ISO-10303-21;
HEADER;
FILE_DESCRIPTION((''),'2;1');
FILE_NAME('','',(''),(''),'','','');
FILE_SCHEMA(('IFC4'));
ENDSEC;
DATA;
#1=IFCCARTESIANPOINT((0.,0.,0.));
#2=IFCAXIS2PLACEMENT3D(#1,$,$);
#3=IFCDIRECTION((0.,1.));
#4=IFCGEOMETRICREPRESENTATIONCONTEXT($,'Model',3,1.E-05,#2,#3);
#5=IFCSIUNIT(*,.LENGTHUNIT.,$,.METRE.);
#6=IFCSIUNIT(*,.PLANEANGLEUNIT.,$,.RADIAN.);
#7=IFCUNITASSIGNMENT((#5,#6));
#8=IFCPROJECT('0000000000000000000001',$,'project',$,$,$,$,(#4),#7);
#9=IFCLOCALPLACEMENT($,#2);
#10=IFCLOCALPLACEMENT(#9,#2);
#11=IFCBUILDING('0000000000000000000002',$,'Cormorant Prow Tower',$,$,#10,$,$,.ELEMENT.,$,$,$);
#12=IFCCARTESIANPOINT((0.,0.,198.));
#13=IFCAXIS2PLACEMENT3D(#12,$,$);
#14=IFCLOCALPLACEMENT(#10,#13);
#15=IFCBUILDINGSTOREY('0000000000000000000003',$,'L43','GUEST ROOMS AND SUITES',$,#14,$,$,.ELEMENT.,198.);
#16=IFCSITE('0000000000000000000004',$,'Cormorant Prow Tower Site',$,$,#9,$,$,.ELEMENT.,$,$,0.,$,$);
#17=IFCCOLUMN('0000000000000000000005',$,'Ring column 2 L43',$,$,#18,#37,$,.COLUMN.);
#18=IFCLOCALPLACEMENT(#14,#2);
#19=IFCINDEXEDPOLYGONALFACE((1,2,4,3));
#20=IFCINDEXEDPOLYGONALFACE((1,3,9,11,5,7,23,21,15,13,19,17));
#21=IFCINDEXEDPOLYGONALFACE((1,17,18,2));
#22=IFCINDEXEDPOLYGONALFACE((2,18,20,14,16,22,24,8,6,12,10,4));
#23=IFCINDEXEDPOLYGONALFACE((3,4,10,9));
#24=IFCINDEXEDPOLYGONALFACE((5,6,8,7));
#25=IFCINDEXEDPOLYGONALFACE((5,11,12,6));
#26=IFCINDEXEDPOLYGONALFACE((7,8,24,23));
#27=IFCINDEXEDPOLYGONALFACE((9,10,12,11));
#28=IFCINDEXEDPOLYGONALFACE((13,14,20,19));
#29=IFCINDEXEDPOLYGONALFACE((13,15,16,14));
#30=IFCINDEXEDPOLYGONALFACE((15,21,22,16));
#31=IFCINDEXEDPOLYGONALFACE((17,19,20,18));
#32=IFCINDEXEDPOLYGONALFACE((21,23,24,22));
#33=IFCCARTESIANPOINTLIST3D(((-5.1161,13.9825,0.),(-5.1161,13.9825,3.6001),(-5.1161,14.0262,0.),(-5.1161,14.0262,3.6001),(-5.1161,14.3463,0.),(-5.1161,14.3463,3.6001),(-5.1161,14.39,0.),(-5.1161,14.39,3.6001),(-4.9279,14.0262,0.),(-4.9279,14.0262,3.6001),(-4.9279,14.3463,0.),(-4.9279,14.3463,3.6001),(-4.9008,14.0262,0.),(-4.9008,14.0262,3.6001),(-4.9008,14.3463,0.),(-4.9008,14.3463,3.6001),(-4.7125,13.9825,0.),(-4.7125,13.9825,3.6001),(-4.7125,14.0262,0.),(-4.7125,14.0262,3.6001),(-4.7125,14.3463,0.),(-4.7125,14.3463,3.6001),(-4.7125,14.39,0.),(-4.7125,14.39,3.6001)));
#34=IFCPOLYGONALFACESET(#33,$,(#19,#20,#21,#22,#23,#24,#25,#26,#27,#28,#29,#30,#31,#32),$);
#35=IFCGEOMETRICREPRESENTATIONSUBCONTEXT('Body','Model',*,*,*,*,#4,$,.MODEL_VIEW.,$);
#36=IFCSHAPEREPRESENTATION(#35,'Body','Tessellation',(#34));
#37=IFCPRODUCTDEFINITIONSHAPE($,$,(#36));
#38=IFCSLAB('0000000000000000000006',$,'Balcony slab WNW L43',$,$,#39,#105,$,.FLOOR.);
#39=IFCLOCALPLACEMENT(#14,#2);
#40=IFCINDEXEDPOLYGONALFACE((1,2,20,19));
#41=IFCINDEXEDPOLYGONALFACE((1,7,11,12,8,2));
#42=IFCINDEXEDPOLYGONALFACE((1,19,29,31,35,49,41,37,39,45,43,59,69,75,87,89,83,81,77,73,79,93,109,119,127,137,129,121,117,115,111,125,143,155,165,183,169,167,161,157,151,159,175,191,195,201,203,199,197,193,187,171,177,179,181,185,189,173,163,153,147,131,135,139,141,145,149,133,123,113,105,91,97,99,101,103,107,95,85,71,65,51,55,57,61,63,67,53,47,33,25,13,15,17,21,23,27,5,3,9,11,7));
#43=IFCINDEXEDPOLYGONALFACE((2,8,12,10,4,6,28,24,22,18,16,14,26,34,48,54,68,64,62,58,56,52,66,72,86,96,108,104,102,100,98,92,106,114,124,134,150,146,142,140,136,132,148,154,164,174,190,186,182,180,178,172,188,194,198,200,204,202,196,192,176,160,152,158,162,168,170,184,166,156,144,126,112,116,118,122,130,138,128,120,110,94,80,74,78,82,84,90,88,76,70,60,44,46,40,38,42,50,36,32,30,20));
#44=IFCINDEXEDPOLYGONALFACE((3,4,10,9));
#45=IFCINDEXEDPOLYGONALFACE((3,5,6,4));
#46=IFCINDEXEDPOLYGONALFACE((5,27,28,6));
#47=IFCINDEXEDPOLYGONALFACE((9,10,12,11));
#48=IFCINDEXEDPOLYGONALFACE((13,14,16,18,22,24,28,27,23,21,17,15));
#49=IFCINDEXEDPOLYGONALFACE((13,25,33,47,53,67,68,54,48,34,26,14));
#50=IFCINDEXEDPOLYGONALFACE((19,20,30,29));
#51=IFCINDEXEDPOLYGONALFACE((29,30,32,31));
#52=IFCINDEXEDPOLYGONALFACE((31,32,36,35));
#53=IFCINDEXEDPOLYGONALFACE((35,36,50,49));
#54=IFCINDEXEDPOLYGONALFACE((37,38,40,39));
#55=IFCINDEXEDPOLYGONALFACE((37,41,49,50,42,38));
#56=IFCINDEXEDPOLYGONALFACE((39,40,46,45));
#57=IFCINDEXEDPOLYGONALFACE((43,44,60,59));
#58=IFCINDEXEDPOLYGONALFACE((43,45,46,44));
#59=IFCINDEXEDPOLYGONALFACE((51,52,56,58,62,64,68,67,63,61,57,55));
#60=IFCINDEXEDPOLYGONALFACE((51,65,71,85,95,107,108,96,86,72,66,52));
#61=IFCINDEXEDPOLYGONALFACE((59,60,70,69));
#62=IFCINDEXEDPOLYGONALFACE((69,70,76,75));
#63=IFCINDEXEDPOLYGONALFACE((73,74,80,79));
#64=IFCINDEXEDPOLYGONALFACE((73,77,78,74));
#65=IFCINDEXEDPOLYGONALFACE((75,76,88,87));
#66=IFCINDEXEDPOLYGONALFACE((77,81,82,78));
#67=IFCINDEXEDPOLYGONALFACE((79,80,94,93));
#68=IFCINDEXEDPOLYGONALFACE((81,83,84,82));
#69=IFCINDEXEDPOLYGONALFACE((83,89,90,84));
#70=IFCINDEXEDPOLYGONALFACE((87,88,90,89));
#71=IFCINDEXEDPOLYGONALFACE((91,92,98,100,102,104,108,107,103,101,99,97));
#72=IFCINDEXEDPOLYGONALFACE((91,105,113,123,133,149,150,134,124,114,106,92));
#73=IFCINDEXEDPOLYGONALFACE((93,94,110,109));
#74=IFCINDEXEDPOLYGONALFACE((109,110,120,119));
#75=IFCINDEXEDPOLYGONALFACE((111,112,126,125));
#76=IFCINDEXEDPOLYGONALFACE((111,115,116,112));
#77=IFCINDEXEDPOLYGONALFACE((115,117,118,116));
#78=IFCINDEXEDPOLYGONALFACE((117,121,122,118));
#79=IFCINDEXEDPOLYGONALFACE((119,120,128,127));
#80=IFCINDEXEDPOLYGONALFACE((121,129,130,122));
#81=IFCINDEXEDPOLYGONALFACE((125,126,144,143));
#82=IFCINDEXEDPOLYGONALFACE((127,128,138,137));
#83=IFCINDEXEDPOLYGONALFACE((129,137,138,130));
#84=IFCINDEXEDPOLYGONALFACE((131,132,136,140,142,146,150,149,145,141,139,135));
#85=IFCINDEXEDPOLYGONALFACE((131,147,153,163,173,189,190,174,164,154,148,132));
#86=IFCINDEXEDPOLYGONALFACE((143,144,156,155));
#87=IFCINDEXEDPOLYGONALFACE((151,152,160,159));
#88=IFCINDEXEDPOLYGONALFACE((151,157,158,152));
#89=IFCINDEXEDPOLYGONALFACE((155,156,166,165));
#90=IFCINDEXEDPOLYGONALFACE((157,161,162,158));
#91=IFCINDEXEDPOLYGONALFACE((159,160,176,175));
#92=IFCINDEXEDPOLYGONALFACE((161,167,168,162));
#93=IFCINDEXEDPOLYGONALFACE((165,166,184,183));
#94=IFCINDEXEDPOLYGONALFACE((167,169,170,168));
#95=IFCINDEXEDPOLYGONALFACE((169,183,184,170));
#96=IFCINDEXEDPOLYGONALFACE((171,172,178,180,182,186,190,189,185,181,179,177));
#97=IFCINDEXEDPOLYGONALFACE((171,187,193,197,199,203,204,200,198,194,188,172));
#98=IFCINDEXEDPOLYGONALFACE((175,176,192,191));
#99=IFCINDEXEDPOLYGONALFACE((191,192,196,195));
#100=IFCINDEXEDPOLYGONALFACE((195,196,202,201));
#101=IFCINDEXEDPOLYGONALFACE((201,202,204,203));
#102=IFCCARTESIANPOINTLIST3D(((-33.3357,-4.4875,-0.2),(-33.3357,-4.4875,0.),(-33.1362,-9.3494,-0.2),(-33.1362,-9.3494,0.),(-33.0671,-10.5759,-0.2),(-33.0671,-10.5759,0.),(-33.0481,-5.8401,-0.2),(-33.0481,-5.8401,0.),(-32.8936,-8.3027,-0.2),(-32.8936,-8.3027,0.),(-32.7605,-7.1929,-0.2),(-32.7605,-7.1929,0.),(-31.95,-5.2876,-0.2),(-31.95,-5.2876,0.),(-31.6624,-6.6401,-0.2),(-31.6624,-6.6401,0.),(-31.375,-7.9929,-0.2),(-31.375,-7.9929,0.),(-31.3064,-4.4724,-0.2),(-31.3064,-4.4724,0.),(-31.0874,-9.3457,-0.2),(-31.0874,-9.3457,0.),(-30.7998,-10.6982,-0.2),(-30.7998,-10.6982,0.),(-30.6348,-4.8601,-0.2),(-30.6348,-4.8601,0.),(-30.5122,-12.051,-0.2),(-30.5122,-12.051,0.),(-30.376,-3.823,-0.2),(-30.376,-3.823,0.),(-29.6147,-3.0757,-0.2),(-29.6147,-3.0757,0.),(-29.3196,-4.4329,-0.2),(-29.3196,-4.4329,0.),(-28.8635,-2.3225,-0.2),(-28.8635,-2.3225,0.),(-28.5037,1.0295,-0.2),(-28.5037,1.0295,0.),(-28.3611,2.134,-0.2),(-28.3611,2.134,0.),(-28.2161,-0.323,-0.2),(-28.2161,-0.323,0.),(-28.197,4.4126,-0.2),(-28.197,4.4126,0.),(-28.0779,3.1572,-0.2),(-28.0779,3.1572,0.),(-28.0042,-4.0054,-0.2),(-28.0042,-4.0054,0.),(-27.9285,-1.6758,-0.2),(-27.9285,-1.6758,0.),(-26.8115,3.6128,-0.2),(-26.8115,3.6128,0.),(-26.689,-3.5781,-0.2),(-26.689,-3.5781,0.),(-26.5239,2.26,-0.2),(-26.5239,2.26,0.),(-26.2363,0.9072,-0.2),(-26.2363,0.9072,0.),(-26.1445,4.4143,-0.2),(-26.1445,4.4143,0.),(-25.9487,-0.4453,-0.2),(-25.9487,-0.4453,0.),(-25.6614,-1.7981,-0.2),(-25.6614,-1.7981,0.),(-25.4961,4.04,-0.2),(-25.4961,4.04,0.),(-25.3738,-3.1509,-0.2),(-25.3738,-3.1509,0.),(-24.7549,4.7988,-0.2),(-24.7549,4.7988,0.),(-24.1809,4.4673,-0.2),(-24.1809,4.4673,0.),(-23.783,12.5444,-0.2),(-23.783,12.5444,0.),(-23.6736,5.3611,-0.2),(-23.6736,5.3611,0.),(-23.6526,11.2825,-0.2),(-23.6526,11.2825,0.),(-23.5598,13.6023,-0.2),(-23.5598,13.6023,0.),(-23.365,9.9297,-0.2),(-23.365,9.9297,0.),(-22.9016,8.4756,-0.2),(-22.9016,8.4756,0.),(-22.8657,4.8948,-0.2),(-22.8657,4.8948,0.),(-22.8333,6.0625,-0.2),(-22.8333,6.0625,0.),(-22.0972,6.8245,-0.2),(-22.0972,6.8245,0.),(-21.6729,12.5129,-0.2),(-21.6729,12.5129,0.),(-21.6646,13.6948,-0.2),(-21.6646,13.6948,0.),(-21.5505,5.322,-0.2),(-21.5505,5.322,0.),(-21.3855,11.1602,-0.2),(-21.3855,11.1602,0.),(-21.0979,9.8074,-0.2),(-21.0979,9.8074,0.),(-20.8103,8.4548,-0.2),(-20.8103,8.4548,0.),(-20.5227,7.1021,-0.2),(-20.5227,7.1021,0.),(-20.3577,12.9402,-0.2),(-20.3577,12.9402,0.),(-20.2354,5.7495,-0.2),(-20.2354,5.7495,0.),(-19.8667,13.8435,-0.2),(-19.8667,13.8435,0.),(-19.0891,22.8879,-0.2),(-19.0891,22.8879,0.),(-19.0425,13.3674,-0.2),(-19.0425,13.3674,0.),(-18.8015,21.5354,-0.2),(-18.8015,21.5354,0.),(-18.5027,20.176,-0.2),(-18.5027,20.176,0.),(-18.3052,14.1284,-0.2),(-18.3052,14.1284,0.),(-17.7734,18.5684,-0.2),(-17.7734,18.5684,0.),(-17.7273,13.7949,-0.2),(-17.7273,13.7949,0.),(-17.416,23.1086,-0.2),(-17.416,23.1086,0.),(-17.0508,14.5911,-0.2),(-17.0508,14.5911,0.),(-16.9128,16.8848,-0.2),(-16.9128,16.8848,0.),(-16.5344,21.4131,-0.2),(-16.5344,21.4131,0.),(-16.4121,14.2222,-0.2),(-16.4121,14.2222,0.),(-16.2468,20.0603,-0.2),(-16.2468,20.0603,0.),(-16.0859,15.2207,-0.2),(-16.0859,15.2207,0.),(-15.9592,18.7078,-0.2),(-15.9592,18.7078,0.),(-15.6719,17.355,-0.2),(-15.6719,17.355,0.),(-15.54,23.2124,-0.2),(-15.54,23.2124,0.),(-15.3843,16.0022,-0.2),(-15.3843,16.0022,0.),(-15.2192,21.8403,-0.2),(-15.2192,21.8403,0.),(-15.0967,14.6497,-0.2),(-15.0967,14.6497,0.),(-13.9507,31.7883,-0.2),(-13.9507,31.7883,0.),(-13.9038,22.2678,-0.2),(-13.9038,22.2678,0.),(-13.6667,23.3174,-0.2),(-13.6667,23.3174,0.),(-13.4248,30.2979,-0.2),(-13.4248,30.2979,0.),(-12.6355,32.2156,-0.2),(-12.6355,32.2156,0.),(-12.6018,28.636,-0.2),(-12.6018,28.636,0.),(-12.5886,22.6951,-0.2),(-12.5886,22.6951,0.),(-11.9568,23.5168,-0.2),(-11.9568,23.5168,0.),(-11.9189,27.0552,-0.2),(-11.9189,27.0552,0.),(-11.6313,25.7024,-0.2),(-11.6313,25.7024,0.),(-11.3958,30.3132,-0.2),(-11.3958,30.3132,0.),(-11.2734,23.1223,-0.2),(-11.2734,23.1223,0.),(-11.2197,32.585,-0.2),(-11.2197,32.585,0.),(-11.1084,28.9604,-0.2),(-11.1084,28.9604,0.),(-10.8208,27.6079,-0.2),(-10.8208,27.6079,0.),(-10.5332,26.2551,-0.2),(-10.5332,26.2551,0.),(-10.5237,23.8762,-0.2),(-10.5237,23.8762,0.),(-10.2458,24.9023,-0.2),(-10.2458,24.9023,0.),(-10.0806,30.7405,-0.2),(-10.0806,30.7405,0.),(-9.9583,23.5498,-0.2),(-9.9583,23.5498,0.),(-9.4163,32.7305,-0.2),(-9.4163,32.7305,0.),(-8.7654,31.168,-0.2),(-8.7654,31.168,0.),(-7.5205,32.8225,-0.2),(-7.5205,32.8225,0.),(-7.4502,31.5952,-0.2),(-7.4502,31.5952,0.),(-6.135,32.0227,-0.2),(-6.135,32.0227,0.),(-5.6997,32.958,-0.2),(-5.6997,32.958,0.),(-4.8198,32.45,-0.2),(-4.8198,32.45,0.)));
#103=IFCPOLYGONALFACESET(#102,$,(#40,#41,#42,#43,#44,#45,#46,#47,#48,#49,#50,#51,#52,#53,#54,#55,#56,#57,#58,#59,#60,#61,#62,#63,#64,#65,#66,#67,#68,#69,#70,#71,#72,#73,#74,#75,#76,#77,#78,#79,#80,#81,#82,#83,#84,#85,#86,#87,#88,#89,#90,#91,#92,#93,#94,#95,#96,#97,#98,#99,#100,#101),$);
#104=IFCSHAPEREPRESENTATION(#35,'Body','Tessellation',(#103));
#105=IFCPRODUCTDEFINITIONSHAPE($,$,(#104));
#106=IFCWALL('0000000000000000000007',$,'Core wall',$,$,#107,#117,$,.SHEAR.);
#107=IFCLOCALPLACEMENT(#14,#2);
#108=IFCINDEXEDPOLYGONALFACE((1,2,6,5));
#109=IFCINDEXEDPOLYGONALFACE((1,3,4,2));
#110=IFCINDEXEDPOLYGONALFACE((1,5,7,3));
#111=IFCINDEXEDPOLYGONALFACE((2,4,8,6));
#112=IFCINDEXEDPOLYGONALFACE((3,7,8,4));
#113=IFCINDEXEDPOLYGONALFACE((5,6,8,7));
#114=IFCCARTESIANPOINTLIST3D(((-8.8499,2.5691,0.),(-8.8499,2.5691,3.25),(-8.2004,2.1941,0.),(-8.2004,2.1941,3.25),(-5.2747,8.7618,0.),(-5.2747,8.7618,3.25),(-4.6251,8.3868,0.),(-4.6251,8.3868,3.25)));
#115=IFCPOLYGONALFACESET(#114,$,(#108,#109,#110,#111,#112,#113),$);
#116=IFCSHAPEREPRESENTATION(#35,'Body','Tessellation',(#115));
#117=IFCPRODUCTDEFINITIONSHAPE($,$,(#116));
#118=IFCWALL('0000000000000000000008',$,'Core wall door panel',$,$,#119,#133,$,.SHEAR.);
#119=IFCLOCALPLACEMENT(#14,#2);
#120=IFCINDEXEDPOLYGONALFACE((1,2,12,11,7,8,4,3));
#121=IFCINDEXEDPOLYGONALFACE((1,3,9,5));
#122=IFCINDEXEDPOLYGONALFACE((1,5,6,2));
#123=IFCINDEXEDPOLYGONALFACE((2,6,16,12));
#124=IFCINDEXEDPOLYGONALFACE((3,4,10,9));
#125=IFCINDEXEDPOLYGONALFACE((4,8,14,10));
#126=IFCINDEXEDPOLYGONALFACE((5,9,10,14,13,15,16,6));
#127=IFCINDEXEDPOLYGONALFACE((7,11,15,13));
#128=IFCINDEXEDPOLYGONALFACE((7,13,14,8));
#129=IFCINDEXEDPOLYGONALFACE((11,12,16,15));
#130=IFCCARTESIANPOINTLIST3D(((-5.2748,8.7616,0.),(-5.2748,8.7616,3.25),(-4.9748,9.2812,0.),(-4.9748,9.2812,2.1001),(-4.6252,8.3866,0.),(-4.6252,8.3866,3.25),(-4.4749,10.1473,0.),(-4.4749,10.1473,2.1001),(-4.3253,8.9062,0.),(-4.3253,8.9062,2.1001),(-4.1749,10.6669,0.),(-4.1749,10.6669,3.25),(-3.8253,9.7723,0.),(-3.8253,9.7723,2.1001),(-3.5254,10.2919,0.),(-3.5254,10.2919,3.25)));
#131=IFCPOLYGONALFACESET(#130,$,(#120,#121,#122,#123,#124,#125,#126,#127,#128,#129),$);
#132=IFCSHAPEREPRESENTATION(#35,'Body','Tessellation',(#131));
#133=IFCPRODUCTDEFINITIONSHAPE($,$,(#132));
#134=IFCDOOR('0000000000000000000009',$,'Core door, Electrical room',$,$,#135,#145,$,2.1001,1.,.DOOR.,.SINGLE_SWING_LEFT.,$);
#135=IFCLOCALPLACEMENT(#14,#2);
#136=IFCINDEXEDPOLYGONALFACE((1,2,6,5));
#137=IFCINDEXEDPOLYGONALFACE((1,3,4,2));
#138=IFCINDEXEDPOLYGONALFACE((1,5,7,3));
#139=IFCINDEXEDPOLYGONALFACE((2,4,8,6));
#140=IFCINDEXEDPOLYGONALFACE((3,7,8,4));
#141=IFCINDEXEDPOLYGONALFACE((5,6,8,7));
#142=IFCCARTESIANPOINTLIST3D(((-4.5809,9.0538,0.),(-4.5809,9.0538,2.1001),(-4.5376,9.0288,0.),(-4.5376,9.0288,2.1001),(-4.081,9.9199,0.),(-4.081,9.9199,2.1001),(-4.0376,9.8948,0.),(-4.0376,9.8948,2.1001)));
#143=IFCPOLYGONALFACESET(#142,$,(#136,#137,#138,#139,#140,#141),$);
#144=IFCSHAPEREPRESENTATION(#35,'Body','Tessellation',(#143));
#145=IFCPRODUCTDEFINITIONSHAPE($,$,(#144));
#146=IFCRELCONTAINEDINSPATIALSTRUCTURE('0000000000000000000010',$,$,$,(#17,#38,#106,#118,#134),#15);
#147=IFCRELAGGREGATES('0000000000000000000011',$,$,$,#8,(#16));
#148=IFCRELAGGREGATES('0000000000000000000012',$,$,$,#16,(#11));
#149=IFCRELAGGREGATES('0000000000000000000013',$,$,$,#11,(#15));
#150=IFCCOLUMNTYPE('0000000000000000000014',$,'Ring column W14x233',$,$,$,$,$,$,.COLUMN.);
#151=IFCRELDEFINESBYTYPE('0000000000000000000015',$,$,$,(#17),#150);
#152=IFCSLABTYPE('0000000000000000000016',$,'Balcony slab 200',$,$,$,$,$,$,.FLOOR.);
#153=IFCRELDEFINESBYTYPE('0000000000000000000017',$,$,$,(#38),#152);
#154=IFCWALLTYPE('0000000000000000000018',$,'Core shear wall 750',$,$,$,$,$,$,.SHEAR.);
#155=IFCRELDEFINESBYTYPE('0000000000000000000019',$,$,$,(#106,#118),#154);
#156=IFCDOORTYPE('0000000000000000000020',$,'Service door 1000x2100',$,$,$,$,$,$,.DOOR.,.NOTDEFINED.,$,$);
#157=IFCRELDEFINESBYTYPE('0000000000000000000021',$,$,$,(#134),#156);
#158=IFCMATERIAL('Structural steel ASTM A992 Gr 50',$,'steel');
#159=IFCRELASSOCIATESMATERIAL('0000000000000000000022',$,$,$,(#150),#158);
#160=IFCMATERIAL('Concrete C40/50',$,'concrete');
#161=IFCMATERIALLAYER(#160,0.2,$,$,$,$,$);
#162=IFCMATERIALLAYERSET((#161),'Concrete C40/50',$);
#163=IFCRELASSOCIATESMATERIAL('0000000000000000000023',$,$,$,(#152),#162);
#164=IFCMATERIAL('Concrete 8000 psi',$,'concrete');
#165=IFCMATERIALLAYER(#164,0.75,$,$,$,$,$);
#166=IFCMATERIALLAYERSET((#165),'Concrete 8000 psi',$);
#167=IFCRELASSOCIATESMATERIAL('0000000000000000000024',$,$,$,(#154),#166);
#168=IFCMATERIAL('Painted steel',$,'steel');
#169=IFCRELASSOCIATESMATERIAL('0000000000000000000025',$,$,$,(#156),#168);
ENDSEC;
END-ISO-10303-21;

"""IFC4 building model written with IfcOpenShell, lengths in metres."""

from ifc_helpers import new_model, si_unit, direction, frame, frame_2d, origin, origin_2d, place, context, subcontext, project, spatial, polyline, rectangle, i_section, outline, extrude, material, layer, layer_set, material_profile, profile_set, type_object, element, fill, save


model = new_model("IFC4")

# Units and contexts
model_context = context("Model", 3, precision=1e-05, world=origin(), true_north=direction((0.0, 1.0)))
body_context = subcontext(model_context, "Body", "Model", "MODEL_VIEW")
ifc_project = project(units=[si_unit("LENGTHUNIT", "METRE"), si_unit("PLANEANGLEUNIT", "RADIAN")], contexts=[model_context])

# Site, building, storey
site_placement = place(None, origin())
site = spatial("IfcSite", under=ifc_project, at=site_placement, Name="Cormorant Prow Tower Site", CompositionType="ELEMENT", RefElevation=0.0)
building_placement = place(site_placement, origin())
building = spatial("IfcBuilding", under=site, at=building_placement, Name="Cormorant Prow Tower", CompositionType="ELEMENT")
storey_placement = place(building_placement, frame((0.0, 0.0, 198.0)))
storey = spatial("IfcBuildingStorey", under=building, at=storey_placement, Name="L43", Description="GUEST ROOMS AND SUITES", CompositionType="ELEMENT", Elevation=198.0)

# Column
ifc_material_1 = material(Name="Structural steel ASTM A992 Gr 50", Category="steel")
ifc_material_profile = material_profile(ifc_material_1, i_section(OverallWidth=0.4036, OverallDepth=0.4075, WebThickness=0.0271, FlangeThickness=0.0437, at=origin_2d()), Name="W14x233")
ifc_profile_set = profile_set([ifc_material_profile], Name="Structural steel ASTM A992 Gr 50")
column_type = type_object("IfcColumnType", Name="Ring column W14x233", PredefinedType="COLUMN", material=ifc_profile_set)
column_placement = place(storey_placement, frame((-4.9143, 14.1863, 0.0), z_axis=(0.0, 0.0, 1.0), x_axis=(1.0, 0.0, 0.0)))
element("IfcColumn", 1, at=column_placement, inside=storey, type_object=column_type, Name="Ring column 2 L43", PredefinedType="COLUMN", context=body_context, shape_type="SweptSolid", body=[
    extrude(i_section(OverallWidth=0.4036, OverallDepth=0.4075, WebThickness=0.0271, FlangeThickness=0.0437, at=origin_2d()), origin(), (0.0, 0.0, 1.0), 3.6001),
])

# Slab
ifc_material_2 = material(Name="Concrete C40/50", Category="concrete")
ifc_layer_1 = layer(ifc_material_2, 0.2)
ifc_layer_set_1 = layer_set([ifc_layer_1], Name="Concrete C40/50")
slab_type = type_object("IfcSlabType", Name="Balcony slab 200", PredefinedType="FLOOR", material=ifc_layer_set_1)
slab_placement = place(storey_placement, frame((0.0, 0.0, -0.2)))
element("IfcSlab", 2, at=slab_placement, inside=storey, type_object=slab_type, Name="Balcony slab WNW L43", PredefinedType="FLOOR", context=body_context, shape_type="SweptSolid", body=[
    extrude(outline(polyline([(-4.8198, 32.45), (-5.6997, 32.958), (-7.5205, 32.8225), (-9.4163, 32.7305), (-11.2197, 32.585), (-12.6355, 32.2156), (-13.9507, 31.7883), (-13.4248, 30.2979), (-12.6018, 28.636), (-11.9189, 27.0552), (-11.6313, 25.7024), (-10.5237, 23.8762), (-11.9568, 23.5168), (-13.6667, 23.3174), (-15.54, 23.2124), (-17.416, 23.1086), (-19.0891, 22.8879), (-18.8015, 21.5354), (-18.5027, 20.176), (-17.7734, 18.5684), (-16.9128, 16.8848), (-16.0859, 15.2207), (-17.0508, 14.5911), (-18.3052, 14.1284), (-19.8667, 13.8435), (-21.6646, 13.6948), (-23.5598, 13.6023), (-23.783, 12.5444), (-23.6526, 11.2825), (-23.365, 9.9297), (-22.9016, 8.4756), (-22.0972, 6.8245), (-22.8333, 6.0625), (-23.6736, 5.3611), (-24.7549, 4.7988), (-26.1445, 4.4143), (-28.197, 4.4126), (-28.0779, 3.1572), (-28.3611, 2.134), (-28.5037, 1.0295), (-28.2161, -0.323), (-27.9285, -1.6758), (-28.8635, -2.3225), (-29.6147, -3.0757), (-30.376, -3.823), (-31.3064, -4.4724), (-33.3357, -4.4875), (-33.0481, -5.8401), (-32.7605, -7.1929), (-32.8936, -8.3027), (-33.1362, -9.3494), (-33.0671, -10.5759), (-30.5122, -12.051), (-30.7998, -10.6982), (-31.0874, -9.3457), (-31.375, -7.9929), (-31.6624, -6.6401), (-31.95, -5.2876), (-30.6348, -4.8601), (-29.3196, -4.4329), (-28.0042, -4.0054), (-26.689, -3.5781), (-25.3738, -3.1509), (-25.6614, -1.7981), (-25.9487, -0.4453), (-26.2363, 0.9072), (-26.5239, 2.26), (-26.8115, 3.6128), (-25.4961, 4.04), (-24.1809, 4.4673), (-22.8657, 4.8948), (-21.5505, 5.322), (-20.2354, 5.7495), (-20.5227, 7.1021), (-20.8103, 8.4548), (-21.0979, 9.8074), (-21.3855, 11.1602), (-21.6729, 12.5129), (-20.3577, 12.9402), (-19.0425, 13.3674), (-17.7273, 13.7949), (-16.4121, 14.2222), (-15.0967, 14.6497), (-15.3843, 16.0022), (-15.6719, 17.355), (-15.9592, 18.7078), (-16.2468, 20.0603), (-16.5344, 21.4131), (-15.2192, 21.8403), (-13.9038, 22.2678), (-12.5886, 22.6951), (-11.2734, 23.1223), (-9.9583, 23.5498), (-10.2458, 24.9023), (-10.5332, 26.2551), (-10.8208, 27.6079), (-11.1084, 28.9604), (-11.3958, 30.3132), (-10.0806, 30.7405), (-8.7654, 31.168), (-7.4502, 31.5952), (-6.135, 32.0227), (-4.8198, 32.45)])), origin(), (0.0, 0.0, 1.0), 0.2),
])

# Wall
ifc_material_3 = material(Name="Concrete 8000 psi", Category="concrete")
ifc_layer_2 = layer(ifc_material_3, 0.75)
ifc_layer_set_2 = layer_set([ifc_layer_2], Name="Concrete 8000 psi")
wall_type_1 = type_object("IfcWallType", Name="Core shear wall 750", PredefinedType="SHEAR", material=ifc_layer_set_2)
wall_1_placement = place(storey_placement, frame((-4.95, 8.5742, 0.0), z_axis=(0.0, 0.0, 1.0), x_axis=(-0.499987, -0.866033, 0.0)))
element("IfcWall", 3, at=wall_1_placement, inside=storey, type_object=wall_type_1, Name="Core wall", PredefinedType="SHEAR", context=body_context, shape_type="SweptSolid", body=[
    extrude(rectangle(XDim=7.1506, YDim=0.75, at=frame_2d((3.5752, 0.0))), origin(), (0.0, 0.0, 1.0), 3.25),
])

# Wall, opening, door
wall_2_placement = place(storey_placement, frame((-3.8501, 10.4795, 0.0), z_axis=(0.0, 0.0, 1.0), x_axis=(-0.499947, -0.866056, 0.0)))
wall_2 = element("IfcWall", 4, at=wall_2_placement, inside=storey, type_object=wall_type_1, Name="Core wall door panel", PredefinedType="SHEAR", context=body_context, shape_type="SweptSolid", body=[
    extrude(rectangle(XDim=2.2, YDim=0.75, at=frame_2d((1.1001, 0.0))), origin(), (0.0, 0.0, 1.0), 3.25),
])
opening_1_placement = place(wall_2_placement, frame((0.6001, 0.0, 0.0)))
opening_1 = element("IfcOpeningElement", 5, at=opening_1_placement, cuts=wall_2, PredefinedType="OPENING", context=body_context, shape_type="SweptSolid", body=[
    extrude(rectangle(XDim=1.0, YDim=2.1001, at=frame_2d((0.5, 1.05))), frame((0.0, 0.385, 0.0), z_axis=(0.0, -1.0, 0.0), x_axis=(1.0, 0.0, 0.0)), (0.0, 0.0, 1.0), 0.77),
])
ifc_material_4 = material(Name="Painted steel", Category="steel")
door_type_1 = type_object("IfcDoorType", Name="Service door 1000x2100", OperationType="NOTDEFINED", PredefinedType="DOOR", material=ifc_material_4)
door_1_placement = place(opening_1_placement, origin())
door_1 = element("IfcDoor", 6, at=door_1_placement, inside=storey, type_object=door_type_1, Name="Core door, Electrical room", OperationType="SINGLE_SWING_LEFT", OverallHeight=2.1001, OverallWidth=1.0, PredefinedType="DOOR", context=body_context, shape_type="SweptSolid", body=[
    extrude(rectangle(XDim=1.0, YDim=2.1001, at=frame_2d((0.5, 1.05))), frame((0.0, 0.1299, 0.0), z_axis=(0.0, -1.0, 0.0), x_axis=(1.0, 0.0, 0.0)), (0.0, 0.0, 1.0), 0.05),
])
fill(opening_1, door_1)

save(model, "model.ifc")
